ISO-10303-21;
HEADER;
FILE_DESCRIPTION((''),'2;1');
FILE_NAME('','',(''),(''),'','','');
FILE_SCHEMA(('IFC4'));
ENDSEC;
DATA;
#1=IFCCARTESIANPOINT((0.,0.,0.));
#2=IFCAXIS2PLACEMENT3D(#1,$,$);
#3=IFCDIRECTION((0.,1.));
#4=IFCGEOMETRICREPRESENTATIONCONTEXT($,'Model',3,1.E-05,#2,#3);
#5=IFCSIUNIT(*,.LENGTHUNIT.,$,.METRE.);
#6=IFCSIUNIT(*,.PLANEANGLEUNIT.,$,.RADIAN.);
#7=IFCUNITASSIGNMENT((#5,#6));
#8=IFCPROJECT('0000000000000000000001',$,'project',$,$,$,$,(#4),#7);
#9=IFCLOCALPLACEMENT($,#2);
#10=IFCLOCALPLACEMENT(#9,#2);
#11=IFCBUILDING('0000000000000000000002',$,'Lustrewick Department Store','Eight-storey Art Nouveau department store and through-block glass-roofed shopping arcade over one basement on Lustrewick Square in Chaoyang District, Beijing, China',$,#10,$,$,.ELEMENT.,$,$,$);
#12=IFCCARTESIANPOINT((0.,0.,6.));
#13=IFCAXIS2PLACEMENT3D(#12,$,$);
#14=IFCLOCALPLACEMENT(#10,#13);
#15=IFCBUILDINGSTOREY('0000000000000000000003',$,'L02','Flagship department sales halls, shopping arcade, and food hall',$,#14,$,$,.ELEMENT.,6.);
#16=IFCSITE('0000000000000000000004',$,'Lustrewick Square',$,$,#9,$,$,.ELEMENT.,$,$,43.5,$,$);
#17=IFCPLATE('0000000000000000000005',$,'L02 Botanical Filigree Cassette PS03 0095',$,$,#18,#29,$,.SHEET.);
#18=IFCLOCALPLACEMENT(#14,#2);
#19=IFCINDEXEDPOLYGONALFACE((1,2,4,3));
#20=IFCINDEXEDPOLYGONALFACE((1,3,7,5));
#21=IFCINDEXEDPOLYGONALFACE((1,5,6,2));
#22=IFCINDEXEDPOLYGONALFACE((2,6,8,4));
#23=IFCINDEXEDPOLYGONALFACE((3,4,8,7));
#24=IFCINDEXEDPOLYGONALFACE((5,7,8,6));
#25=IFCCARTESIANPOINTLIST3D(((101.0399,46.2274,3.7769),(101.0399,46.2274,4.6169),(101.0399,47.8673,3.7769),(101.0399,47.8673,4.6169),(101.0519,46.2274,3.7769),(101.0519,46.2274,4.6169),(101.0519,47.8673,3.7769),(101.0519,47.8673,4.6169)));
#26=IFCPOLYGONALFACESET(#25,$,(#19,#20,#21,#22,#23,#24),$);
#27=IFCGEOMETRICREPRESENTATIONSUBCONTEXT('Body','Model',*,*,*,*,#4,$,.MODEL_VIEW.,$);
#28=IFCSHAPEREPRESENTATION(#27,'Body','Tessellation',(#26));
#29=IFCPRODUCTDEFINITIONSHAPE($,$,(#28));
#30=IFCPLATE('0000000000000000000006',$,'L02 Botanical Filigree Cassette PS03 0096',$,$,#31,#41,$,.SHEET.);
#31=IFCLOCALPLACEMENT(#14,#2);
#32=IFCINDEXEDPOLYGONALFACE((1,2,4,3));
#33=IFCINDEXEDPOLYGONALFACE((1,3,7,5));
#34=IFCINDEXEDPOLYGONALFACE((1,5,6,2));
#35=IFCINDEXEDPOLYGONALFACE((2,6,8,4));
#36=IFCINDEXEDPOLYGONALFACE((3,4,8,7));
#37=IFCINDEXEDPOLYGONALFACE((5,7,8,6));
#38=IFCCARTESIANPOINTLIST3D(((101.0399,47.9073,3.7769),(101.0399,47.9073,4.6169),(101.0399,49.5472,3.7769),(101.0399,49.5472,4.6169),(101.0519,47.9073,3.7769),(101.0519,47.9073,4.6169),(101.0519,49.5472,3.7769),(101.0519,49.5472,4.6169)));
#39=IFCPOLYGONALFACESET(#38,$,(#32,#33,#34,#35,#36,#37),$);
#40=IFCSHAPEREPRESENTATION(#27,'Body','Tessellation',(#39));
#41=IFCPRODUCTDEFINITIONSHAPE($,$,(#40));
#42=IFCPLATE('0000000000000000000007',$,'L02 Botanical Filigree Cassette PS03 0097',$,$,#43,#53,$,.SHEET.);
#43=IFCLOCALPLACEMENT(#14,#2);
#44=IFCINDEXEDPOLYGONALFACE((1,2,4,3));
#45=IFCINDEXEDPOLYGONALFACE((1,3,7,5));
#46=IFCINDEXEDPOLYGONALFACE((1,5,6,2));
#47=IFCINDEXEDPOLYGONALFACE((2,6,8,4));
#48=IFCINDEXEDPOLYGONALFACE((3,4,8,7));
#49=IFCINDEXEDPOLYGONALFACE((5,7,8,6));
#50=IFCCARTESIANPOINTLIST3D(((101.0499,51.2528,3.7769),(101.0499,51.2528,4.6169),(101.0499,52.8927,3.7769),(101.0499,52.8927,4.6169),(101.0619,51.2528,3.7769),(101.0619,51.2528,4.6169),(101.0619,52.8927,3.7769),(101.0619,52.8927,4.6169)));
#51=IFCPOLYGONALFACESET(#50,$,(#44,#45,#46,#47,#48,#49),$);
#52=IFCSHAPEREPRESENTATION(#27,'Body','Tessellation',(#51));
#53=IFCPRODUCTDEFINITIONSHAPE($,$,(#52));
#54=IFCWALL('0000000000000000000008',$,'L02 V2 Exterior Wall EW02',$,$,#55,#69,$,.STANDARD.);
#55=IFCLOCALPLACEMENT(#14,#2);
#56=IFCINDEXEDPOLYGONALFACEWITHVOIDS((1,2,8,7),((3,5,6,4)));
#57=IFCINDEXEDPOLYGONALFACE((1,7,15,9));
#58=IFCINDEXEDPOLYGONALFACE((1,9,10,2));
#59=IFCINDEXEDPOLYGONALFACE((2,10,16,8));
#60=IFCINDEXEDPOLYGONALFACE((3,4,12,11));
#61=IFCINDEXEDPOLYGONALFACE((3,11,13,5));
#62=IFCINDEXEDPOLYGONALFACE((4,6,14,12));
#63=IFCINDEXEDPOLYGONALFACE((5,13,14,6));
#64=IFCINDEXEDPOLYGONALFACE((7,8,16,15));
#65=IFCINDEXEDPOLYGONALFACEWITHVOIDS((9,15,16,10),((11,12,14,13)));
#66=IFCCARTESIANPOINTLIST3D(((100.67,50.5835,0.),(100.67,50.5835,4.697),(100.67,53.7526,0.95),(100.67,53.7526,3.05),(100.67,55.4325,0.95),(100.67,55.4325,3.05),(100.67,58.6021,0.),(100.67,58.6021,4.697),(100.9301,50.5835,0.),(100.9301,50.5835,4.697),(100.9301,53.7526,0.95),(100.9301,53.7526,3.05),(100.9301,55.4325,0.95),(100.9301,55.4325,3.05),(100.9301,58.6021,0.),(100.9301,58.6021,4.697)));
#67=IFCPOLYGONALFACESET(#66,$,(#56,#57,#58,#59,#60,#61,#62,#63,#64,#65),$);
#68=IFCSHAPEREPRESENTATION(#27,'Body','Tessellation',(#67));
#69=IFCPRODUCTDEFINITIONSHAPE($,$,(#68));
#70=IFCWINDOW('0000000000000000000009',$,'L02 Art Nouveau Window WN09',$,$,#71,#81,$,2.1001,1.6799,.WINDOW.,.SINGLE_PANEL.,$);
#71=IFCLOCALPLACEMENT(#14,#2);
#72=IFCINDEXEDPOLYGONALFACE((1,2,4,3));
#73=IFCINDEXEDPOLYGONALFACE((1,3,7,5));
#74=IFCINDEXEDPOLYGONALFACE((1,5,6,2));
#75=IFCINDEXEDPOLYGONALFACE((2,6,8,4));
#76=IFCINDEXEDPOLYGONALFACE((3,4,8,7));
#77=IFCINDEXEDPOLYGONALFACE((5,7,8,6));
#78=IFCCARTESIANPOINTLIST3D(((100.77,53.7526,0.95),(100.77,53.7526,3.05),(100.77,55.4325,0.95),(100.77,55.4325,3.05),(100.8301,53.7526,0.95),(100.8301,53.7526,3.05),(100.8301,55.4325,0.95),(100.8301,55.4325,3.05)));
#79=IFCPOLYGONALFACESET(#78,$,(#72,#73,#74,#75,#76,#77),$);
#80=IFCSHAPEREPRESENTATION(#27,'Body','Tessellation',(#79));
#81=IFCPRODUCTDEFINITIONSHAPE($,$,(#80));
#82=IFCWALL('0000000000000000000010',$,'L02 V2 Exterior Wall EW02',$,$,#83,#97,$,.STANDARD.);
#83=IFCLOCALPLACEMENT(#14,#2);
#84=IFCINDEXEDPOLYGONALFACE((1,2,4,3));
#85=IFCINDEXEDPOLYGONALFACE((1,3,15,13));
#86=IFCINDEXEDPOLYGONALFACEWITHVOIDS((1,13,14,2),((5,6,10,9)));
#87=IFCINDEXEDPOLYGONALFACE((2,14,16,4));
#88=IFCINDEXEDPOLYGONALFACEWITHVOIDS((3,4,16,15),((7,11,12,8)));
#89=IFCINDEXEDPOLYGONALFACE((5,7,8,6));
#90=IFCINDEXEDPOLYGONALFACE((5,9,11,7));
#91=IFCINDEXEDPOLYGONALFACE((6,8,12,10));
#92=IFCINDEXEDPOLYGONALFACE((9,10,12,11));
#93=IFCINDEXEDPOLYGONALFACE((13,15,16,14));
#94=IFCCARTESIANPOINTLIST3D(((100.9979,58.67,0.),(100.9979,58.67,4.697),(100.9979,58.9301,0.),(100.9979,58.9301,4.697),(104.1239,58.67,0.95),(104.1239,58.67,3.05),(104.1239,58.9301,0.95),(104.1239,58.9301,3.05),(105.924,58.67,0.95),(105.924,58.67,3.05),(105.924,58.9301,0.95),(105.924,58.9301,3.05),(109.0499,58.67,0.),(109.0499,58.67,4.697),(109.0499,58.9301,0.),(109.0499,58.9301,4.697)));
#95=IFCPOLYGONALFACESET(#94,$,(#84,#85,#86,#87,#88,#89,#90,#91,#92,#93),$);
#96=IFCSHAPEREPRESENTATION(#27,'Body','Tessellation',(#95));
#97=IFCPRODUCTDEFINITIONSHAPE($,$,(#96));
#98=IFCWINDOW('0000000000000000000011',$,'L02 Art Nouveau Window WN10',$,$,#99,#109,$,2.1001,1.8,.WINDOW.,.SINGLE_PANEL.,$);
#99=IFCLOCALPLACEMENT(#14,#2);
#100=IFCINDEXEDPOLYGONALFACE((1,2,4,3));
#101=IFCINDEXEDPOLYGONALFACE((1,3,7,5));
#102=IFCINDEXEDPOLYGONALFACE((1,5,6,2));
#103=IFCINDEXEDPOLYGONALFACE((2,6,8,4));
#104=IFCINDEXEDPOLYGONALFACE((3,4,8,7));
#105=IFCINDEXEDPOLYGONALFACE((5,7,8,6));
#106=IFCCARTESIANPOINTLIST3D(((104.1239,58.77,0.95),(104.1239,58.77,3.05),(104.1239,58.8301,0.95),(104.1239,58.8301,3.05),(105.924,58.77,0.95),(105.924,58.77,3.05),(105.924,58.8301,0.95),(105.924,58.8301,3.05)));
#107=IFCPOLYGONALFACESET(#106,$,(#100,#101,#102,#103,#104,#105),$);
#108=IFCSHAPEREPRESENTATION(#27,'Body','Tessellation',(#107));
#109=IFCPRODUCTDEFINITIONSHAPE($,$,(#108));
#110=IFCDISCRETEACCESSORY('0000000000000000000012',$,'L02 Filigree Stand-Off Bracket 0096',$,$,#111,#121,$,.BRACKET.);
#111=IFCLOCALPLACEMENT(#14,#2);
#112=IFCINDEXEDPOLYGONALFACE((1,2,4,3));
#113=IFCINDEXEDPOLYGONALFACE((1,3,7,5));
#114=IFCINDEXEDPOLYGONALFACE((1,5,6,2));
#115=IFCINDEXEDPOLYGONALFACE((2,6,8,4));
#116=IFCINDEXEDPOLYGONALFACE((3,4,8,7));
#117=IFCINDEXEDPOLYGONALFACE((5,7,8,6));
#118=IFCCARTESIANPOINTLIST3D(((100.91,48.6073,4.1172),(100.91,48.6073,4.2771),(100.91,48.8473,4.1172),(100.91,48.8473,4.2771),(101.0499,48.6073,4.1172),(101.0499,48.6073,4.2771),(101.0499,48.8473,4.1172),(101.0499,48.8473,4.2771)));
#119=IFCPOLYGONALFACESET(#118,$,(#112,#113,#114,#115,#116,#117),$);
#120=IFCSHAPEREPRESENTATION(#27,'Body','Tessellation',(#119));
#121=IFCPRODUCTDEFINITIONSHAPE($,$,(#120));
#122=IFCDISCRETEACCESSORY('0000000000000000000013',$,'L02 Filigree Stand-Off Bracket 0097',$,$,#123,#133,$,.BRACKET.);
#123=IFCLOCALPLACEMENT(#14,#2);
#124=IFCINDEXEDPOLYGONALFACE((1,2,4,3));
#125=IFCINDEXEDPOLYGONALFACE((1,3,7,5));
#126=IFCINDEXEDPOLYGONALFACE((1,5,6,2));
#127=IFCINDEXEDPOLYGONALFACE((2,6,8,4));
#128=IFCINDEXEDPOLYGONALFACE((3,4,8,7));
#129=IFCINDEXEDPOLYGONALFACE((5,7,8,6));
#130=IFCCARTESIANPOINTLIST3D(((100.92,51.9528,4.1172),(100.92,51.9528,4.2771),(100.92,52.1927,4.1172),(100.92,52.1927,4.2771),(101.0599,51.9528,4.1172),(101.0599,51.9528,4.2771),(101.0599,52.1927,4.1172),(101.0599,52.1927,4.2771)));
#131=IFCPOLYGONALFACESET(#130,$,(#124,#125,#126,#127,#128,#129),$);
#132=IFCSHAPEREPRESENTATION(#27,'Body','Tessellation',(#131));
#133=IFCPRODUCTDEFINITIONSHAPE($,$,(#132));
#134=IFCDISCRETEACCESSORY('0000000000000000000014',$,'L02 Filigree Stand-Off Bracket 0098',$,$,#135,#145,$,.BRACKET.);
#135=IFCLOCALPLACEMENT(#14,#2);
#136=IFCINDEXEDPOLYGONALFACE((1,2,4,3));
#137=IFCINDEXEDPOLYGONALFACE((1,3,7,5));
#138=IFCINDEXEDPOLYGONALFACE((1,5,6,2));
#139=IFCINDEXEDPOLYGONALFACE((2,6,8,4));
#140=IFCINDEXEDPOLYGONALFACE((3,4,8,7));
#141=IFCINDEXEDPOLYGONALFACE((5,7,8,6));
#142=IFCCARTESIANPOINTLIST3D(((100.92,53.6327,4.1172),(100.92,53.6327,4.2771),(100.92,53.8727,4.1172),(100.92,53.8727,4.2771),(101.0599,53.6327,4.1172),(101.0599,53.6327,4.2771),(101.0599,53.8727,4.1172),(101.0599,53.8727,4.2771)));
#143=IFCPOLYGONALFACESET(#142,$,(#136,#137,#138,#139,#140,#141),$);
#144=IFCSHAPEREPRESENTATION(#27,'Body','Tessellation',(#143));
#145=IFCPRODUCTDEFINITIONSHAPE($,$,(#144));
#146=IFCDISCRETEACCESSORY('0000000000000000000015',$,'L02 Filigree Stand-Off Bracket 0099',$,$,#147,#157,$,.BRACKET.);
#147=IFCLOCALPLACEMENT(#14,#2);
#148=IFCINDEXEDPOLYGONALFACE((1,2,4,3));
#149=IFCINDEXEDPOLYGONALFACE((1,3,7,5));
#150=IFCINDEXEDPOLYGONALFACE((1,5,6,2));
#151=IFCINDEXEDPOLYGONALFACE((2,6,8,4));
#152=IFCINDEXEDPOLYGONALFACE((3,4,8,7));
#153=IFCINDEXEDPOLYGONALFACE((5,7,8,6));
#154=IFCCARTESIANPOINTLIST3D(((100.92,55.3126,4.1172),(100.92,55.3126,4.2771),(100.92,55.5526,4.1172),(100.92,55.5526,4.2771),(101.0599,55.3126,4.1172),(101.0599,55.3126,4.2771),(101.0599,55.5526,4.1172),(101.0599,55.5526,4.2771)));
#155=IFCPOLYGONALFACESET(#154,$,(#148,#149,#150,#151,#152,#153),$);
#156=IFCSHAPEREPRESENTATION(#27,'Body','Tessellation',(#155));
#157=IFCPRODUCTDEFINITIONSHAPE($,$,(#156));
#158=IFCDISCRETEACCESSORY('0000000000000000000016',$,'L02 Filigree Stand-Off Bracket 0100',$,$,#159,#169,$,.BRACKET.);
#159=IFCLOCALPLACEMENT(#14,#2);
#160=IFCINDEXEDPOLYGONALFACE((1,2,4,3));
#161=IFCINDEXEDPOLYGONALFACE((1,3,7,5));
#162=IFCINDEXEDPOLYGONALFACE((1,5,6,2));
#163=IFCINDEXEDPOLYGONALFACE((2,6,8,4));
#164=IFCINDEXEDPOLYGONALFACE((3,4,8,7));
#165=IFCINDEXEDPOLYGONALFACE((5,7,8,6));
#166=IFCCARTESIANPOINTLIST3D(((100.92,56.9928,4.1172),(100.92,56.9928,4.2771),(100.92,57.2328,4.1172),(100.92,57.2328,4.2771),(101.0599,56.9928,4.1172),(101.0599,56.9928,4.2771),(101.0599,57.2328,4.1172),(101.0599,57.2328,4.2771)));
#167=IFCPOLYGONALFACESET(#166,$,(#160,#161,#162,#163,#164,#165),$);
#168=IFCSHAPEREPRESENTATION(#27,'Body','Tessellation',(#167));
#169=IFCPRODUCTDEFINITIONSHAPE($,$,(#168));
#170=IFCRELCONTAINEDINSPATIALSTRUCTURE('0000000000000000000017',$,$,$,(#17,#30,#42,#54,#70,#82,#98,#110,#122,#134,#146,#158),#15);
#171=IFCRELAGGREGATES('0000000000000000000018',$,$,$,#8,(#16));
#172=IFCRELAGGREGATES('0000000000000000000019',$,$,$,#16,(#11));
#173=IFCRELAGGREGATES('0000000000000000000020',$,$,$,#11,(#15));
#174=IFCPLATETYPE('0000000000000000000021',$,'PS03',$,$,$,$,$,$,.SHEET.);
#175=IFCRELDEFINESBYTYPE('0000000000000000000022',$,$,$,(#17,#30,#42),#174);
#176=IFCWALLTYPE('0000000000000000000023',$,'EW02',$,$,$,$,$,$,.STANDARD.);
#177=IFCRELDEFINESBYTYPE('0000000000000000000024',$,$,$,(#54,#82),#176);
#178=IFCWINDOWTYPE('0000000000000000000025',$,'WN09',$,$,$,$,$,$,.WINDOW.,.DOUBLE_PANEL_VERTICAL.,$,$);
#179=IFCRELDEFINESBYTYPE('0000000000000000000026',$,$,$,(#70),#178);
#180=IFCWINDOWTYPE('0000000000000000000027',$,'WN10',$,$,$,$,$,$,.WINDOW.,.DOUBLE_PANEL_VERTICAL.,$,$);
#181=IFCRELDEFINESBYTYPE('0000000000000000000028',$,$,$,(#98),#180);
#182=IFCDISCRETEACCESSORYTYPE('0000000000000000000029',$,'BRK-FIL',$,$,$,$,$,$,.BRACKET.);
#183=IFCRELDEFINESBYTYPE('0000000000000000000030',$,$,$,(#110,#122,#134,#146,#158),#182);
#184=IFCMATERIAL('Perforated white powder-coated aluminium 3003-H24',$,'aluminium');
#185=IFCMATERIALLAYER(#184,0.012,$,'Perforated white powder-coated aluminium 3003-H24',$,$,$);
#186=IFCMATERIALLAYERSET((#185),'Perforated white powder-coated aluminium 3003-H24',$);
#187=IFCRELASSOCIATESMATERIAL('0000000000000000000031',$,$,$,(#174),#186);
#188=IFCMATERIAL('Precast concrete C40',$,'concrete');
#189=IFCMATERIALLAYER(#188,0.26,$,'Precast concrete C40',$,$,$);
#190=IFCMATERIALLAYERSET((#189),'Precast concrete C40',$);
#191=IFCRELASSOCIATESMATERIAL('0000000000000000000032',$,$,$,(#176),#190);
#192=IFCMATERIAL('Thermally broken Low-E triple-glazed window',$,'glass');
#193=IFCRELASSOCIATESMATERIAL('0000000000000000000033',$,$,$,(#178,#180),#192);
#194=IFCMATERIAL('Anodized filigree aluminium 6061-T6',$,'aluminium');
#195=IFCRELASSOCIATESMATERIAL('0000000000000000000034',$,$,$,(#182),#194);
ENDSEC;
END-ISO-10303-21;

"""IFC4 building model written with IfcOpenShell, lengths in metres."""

from ifc_helpers import new_model, si_unit, direction, frame, frame_2d, origin, origin_2d, place, context, subcontext, project, spatial, rectangle, extrude, material, layer, layer_set, type_object, element, fill, save


model = new_model("IFC4")

# Units and contexts
model_context = context("Model", 3, precision=1e-05, world=origin(), true_north=direction((0.0, 1.0)))
body_context = subcontext(model_context, "Body", "Model", "MODEL_VIEW")
ifc_project = project(units=[si_unit("LENGTHUNIT", "METRE"), si_unit("PLANEANGLEUNIT", "RADIAN")], contexts=[model_context])

# Site, building, storey
site_placement = place(None, origin())
site = spatial("IfcSite", under=ifc_project, at=site_placement, Name="Lustrewick Square", CompositionType="ELEMENT", RefElevation=43.5)
building_placement = place(site_placement, origin())
building = spatial("IfcBuilding", under=site, at=building_placement, Name="Lustrewick Department Store", Description="Eight-storey Art Nouveau department store and through-block glass-roofed shopping arcade over one basement on Lustrewick Square in Chaoyang District, Beijing, China", CompositionType="ELEMENT")
storey_placement = place(building_placement, frame((0.0, 0.0, 6.0)))
storey = spatial("IfcBuildingStorey", under=building, at=storey_placement, Name="L02", Description="Flagship department sales halls, shopping arcade, and food hall", CompositionType="ELEMENT", Elevation=6.0)

# Plates
ifc_material_1 = material(Name="Perforated white powder-coated aluminium 3003-H24", Category="aluminium")
ifc_layer_1 = layer(ifc_material_1, 0.012, Name="Perforated white powder-coated aluminium 3003-H24")
ifc_layer_set_1 = layer_set([ifc_layer_1], Name="Perforated white powder-coated aluminium 3003-H24")
plate_type = type_object("IfcPlateType", Name="PS03", PredefinedType="SHEET", material=ifc_layer_set_1)
for number, where, z_axis, x_axis, name in (
    (1, (101.0459, 47.0474, 3.7769), (0.0, 0.0, 1.0), (0.0, 1.0, 0.0), "L02 Botanical Filigree Cassette PS03 0095"),
    (2, (101.0459, 48.7273, 3.7769), (0.0, 0.0, 1.0), (0.0, 1.0, 0.0), "L02 Botanical Filigree Cassette PS03 0096"),
    (3, (101.0559, 52.0728, 3.7769), (0.0, 0.0, 1.0), (0.0, 1.0, 0.0), "L02 Botanical Filigree Cassette PS03 0097"),
):
    element("IfcPlate", number, at=place(storey_placement, frame(where, z_axis=z_axis, x_axis=x_axis)), inside=storey, type_object=plate_type, Name=name, PredefinedType="SHEET", context=body_context, shape_type="SweptSolid", body=[
        extrude(rectangle(XDim=1.6399, YDim=0.012, at=origin_2d()), origin(), (0.0, 0.0, 1.0), 0.8401),
    ])

# Walls, openings, windows
ifc_material_2 = material(Name="Precast concrete C40", Category="concrete")
ifc_layer_2 = layer(ifc_material_2, 0.26, Name="Precast concrete C40")
ifc_layer_set_2 = layer_set([ifc_layer_2], Name="Precast concrete C40")
wall_type = type_object("IfcWallType", Name="EW02", PredefinedType="STANDARD", material=ifc_layer_set_2)
wall_1_placement = place(storey_placement, frame((100.8, 50.5835, 0.0), z_axis=(0.0, 0.0, 1.0), x_axis=(0.0, 1.0, 0.0)))
wall_1 = element("IfcWall", 4, at=wall_1_placement, inside=storey, type_object=wall_type, Name="L02 V2 Exterior Wall EW02", PredefinedType="STANDARD", context=body_context, shape_type="SweptSolid", body=[
    extrude(rectangle(XDim=8.0186, YDim=0.26, at=frame_2d((4.0093, 0.0))), origin(), (0.0, 0.0, 1.0), 4.697),
])
opening_1_placement = place(wall_1_placement, frame((3.1692, 0.0, 0.95)))
opening_1 = element("IfcOpeningElement", 5, at=opening_1_placement, cuts=wall_1, PredefinedType="OPENING", context=body_context, shape_type="SweptSolid", body=[
    extrude(rectangle(XDim=1.6799, YDim=2.1001, at=frame_2d((0.8398, 1.05))), frame((0.0, 0.1401, 0.0), z_axis=(0.0, -1.0, 0.0), x_axis=(1.0, 0.0, 0.0)), (0.0, 0.0, 1.0), 0.28),
])
ifc_material_3 = material(Name="Thermally broken Low-E triple-glazed window", Category="glass")
window_type_1 = type_object("IfcWindowType", Name="WN09", PartitioningType="DOUBLE_PANEL_VERTICAL", PredefinedType="WINDOW", material=ifc_material_3)
window_1_placement = place(opening_1_placement, origin())
window_1 = element("IfcWindow", 6, at=window_1_placement, inside=storey, type_object=window_type_1, Name="L02 Art Nouveau Window WN09", OverallHeight=2.1001, OverallWidth=1.6799, PartitioningType="SINGLE_PANEL", PredefinedType="WINDOW", context=body_context, shape_type="SweptSolid", body=[
    extrude(rectangle(XDim=1.6799, YDim=2.1001, at=frame_2d((0.8398, 1.05))), frame((0.0, 0.03, 0.0), z_axis=(0.0, -1.0, 0.0), x_axis=(1.0, 0.0, 0.0)), (0.0, 0.0, 1.0), 0.0601),
])
fill(opening_1, window_1)
wall_2_placement = place(storey_placement, frame((100.998, 58.8, 0.0), z_axis=(0.0, 0.0, 1.0), x_axis=(1.0, 0.0, 0.0)))
wall_2 = element("IfcWall", 7, at=wall_2_placement, inside=storey, type_object=wall_type, Name="L02 V2 Exterior Wall EW02", PredefinedType="STANDARD", context=body_context, shape_type="SweptSolid", body=[
    extrude(rectangle(XDim=8.052, YDim=0.26, at=frame_2d((4.0259, 0.0))), origin(), (0.0, 0.0, 1.0), 4.697),
])
opening_2_placement = place(wall_2_placement, frame((3.126, 0.0, 0.95)))
opening_2 = element("IfcOpeningElement", 8, at=opening_2_placement, cuts=wall_2, PredefinedType="OPENING", context=body_context, shape_type="SweptSolid", body=[
    extrude(rectangle(XDim=1.8, YDim=2.1001, at=frame_2d((0.8999, 1.05))), frame((0.0, 0.1401, 0.0), z_axis=(0.0, -1.0, 0.0), x_axis=(1.0, 0.0, 0.0)), (0.0, 0.0, 1.0), 0.28),
])
window_type_2 = type_object("IfcWindowType", Name="WN10", PartitioningType="DOUBLE_PANEL_VERTICAL", PredefinedType="WINDOW", material=ifc_material_3)
window_2_placement = place(opening_2_placement, origin())
window_2 = element("IfcWindow", 9, at=window_2_placement, inside=storey, type_object=window_type_2, Name="L02 Art Nouveau Window WN10", OverallHeight=2.1001, OverallWidth=1.8, PartitioningType="SINGLE_PANEL", PredefinedType="WINDOW", context=body_context, shape_type="SweptSolid", body=[
    extrude(rectangle(XDim=1.8, YDim=2.1001, at=frame_2d((0.8999, 1.05))), frame((0.0, 0.03, 0.0), z_axis=(0.0, -1.0, 0.0), x_axis=(1.0, 0.0, 0.0)), (0.0, 0.0, 1.0), 0.0601),
])
fill(opening_2, window_2)

# Discrete accessories
ifc_material_4 = material(Name="Anodized filigree aluminium 6061-T6", Category="aluminium")
discrete_accessory_type = type_object("IfcDiscreteAccessoryType", Name="BRK-FIL", PredefinedType="BRACKET", material=ifc_material_4)
for number, where, z_axis, x_axis, name in (
    (10, (100.98, 48.7273, 4.1172), (0.0, 0.0, 1.0), (0.0, 1.0, 0.0), "L02 Filigree Stand-Off Bracket 0096"),
    (11, (100.99, 52.0728, 4.1172), (0.0, 0.0, 1.0), (0.0, 1.0, 0.0), "L02 Filigree Stand-Off Bracket 0097"),
    (12, (100.99, 53.7527, 4.1172), (0.0, 0.0, 1.0), (0.0, 1.0, 0.0), "L02 Filigree Stand-Off Bracket 0098"),
    (13, (100.99, 55.4326, 4.1172), (0.0, 0.0, 1.0), (0.0, 1.0, 0.0), "L02 Filigree Stand-Off Bracket 0099"),
    (14, (100.99, 57.1128, 4.1172), (0.0, 0.0, 1.0), (0.0, 1.0, 0.0), "L02 Filigree Stand-Off Bracket 0100"),
):
    element("IfcDiscreteAccessory", number, at=place(storey_placement, frame(where, z_axis=z_axis, x_axis=x_axis)), inside=storey, type_object=discrete_accessory_type, Name=name, PredefinedType="BRACKET", context=body_context, shape_type="SweptSolid", body=[
        extrude(rectangle(XDim=0.24, YDim=0.1399, at=origin_2d()), origin(), (0.0, 0.0, 1.0), 0.1599),
    ])

save(model, "model.ifc")
